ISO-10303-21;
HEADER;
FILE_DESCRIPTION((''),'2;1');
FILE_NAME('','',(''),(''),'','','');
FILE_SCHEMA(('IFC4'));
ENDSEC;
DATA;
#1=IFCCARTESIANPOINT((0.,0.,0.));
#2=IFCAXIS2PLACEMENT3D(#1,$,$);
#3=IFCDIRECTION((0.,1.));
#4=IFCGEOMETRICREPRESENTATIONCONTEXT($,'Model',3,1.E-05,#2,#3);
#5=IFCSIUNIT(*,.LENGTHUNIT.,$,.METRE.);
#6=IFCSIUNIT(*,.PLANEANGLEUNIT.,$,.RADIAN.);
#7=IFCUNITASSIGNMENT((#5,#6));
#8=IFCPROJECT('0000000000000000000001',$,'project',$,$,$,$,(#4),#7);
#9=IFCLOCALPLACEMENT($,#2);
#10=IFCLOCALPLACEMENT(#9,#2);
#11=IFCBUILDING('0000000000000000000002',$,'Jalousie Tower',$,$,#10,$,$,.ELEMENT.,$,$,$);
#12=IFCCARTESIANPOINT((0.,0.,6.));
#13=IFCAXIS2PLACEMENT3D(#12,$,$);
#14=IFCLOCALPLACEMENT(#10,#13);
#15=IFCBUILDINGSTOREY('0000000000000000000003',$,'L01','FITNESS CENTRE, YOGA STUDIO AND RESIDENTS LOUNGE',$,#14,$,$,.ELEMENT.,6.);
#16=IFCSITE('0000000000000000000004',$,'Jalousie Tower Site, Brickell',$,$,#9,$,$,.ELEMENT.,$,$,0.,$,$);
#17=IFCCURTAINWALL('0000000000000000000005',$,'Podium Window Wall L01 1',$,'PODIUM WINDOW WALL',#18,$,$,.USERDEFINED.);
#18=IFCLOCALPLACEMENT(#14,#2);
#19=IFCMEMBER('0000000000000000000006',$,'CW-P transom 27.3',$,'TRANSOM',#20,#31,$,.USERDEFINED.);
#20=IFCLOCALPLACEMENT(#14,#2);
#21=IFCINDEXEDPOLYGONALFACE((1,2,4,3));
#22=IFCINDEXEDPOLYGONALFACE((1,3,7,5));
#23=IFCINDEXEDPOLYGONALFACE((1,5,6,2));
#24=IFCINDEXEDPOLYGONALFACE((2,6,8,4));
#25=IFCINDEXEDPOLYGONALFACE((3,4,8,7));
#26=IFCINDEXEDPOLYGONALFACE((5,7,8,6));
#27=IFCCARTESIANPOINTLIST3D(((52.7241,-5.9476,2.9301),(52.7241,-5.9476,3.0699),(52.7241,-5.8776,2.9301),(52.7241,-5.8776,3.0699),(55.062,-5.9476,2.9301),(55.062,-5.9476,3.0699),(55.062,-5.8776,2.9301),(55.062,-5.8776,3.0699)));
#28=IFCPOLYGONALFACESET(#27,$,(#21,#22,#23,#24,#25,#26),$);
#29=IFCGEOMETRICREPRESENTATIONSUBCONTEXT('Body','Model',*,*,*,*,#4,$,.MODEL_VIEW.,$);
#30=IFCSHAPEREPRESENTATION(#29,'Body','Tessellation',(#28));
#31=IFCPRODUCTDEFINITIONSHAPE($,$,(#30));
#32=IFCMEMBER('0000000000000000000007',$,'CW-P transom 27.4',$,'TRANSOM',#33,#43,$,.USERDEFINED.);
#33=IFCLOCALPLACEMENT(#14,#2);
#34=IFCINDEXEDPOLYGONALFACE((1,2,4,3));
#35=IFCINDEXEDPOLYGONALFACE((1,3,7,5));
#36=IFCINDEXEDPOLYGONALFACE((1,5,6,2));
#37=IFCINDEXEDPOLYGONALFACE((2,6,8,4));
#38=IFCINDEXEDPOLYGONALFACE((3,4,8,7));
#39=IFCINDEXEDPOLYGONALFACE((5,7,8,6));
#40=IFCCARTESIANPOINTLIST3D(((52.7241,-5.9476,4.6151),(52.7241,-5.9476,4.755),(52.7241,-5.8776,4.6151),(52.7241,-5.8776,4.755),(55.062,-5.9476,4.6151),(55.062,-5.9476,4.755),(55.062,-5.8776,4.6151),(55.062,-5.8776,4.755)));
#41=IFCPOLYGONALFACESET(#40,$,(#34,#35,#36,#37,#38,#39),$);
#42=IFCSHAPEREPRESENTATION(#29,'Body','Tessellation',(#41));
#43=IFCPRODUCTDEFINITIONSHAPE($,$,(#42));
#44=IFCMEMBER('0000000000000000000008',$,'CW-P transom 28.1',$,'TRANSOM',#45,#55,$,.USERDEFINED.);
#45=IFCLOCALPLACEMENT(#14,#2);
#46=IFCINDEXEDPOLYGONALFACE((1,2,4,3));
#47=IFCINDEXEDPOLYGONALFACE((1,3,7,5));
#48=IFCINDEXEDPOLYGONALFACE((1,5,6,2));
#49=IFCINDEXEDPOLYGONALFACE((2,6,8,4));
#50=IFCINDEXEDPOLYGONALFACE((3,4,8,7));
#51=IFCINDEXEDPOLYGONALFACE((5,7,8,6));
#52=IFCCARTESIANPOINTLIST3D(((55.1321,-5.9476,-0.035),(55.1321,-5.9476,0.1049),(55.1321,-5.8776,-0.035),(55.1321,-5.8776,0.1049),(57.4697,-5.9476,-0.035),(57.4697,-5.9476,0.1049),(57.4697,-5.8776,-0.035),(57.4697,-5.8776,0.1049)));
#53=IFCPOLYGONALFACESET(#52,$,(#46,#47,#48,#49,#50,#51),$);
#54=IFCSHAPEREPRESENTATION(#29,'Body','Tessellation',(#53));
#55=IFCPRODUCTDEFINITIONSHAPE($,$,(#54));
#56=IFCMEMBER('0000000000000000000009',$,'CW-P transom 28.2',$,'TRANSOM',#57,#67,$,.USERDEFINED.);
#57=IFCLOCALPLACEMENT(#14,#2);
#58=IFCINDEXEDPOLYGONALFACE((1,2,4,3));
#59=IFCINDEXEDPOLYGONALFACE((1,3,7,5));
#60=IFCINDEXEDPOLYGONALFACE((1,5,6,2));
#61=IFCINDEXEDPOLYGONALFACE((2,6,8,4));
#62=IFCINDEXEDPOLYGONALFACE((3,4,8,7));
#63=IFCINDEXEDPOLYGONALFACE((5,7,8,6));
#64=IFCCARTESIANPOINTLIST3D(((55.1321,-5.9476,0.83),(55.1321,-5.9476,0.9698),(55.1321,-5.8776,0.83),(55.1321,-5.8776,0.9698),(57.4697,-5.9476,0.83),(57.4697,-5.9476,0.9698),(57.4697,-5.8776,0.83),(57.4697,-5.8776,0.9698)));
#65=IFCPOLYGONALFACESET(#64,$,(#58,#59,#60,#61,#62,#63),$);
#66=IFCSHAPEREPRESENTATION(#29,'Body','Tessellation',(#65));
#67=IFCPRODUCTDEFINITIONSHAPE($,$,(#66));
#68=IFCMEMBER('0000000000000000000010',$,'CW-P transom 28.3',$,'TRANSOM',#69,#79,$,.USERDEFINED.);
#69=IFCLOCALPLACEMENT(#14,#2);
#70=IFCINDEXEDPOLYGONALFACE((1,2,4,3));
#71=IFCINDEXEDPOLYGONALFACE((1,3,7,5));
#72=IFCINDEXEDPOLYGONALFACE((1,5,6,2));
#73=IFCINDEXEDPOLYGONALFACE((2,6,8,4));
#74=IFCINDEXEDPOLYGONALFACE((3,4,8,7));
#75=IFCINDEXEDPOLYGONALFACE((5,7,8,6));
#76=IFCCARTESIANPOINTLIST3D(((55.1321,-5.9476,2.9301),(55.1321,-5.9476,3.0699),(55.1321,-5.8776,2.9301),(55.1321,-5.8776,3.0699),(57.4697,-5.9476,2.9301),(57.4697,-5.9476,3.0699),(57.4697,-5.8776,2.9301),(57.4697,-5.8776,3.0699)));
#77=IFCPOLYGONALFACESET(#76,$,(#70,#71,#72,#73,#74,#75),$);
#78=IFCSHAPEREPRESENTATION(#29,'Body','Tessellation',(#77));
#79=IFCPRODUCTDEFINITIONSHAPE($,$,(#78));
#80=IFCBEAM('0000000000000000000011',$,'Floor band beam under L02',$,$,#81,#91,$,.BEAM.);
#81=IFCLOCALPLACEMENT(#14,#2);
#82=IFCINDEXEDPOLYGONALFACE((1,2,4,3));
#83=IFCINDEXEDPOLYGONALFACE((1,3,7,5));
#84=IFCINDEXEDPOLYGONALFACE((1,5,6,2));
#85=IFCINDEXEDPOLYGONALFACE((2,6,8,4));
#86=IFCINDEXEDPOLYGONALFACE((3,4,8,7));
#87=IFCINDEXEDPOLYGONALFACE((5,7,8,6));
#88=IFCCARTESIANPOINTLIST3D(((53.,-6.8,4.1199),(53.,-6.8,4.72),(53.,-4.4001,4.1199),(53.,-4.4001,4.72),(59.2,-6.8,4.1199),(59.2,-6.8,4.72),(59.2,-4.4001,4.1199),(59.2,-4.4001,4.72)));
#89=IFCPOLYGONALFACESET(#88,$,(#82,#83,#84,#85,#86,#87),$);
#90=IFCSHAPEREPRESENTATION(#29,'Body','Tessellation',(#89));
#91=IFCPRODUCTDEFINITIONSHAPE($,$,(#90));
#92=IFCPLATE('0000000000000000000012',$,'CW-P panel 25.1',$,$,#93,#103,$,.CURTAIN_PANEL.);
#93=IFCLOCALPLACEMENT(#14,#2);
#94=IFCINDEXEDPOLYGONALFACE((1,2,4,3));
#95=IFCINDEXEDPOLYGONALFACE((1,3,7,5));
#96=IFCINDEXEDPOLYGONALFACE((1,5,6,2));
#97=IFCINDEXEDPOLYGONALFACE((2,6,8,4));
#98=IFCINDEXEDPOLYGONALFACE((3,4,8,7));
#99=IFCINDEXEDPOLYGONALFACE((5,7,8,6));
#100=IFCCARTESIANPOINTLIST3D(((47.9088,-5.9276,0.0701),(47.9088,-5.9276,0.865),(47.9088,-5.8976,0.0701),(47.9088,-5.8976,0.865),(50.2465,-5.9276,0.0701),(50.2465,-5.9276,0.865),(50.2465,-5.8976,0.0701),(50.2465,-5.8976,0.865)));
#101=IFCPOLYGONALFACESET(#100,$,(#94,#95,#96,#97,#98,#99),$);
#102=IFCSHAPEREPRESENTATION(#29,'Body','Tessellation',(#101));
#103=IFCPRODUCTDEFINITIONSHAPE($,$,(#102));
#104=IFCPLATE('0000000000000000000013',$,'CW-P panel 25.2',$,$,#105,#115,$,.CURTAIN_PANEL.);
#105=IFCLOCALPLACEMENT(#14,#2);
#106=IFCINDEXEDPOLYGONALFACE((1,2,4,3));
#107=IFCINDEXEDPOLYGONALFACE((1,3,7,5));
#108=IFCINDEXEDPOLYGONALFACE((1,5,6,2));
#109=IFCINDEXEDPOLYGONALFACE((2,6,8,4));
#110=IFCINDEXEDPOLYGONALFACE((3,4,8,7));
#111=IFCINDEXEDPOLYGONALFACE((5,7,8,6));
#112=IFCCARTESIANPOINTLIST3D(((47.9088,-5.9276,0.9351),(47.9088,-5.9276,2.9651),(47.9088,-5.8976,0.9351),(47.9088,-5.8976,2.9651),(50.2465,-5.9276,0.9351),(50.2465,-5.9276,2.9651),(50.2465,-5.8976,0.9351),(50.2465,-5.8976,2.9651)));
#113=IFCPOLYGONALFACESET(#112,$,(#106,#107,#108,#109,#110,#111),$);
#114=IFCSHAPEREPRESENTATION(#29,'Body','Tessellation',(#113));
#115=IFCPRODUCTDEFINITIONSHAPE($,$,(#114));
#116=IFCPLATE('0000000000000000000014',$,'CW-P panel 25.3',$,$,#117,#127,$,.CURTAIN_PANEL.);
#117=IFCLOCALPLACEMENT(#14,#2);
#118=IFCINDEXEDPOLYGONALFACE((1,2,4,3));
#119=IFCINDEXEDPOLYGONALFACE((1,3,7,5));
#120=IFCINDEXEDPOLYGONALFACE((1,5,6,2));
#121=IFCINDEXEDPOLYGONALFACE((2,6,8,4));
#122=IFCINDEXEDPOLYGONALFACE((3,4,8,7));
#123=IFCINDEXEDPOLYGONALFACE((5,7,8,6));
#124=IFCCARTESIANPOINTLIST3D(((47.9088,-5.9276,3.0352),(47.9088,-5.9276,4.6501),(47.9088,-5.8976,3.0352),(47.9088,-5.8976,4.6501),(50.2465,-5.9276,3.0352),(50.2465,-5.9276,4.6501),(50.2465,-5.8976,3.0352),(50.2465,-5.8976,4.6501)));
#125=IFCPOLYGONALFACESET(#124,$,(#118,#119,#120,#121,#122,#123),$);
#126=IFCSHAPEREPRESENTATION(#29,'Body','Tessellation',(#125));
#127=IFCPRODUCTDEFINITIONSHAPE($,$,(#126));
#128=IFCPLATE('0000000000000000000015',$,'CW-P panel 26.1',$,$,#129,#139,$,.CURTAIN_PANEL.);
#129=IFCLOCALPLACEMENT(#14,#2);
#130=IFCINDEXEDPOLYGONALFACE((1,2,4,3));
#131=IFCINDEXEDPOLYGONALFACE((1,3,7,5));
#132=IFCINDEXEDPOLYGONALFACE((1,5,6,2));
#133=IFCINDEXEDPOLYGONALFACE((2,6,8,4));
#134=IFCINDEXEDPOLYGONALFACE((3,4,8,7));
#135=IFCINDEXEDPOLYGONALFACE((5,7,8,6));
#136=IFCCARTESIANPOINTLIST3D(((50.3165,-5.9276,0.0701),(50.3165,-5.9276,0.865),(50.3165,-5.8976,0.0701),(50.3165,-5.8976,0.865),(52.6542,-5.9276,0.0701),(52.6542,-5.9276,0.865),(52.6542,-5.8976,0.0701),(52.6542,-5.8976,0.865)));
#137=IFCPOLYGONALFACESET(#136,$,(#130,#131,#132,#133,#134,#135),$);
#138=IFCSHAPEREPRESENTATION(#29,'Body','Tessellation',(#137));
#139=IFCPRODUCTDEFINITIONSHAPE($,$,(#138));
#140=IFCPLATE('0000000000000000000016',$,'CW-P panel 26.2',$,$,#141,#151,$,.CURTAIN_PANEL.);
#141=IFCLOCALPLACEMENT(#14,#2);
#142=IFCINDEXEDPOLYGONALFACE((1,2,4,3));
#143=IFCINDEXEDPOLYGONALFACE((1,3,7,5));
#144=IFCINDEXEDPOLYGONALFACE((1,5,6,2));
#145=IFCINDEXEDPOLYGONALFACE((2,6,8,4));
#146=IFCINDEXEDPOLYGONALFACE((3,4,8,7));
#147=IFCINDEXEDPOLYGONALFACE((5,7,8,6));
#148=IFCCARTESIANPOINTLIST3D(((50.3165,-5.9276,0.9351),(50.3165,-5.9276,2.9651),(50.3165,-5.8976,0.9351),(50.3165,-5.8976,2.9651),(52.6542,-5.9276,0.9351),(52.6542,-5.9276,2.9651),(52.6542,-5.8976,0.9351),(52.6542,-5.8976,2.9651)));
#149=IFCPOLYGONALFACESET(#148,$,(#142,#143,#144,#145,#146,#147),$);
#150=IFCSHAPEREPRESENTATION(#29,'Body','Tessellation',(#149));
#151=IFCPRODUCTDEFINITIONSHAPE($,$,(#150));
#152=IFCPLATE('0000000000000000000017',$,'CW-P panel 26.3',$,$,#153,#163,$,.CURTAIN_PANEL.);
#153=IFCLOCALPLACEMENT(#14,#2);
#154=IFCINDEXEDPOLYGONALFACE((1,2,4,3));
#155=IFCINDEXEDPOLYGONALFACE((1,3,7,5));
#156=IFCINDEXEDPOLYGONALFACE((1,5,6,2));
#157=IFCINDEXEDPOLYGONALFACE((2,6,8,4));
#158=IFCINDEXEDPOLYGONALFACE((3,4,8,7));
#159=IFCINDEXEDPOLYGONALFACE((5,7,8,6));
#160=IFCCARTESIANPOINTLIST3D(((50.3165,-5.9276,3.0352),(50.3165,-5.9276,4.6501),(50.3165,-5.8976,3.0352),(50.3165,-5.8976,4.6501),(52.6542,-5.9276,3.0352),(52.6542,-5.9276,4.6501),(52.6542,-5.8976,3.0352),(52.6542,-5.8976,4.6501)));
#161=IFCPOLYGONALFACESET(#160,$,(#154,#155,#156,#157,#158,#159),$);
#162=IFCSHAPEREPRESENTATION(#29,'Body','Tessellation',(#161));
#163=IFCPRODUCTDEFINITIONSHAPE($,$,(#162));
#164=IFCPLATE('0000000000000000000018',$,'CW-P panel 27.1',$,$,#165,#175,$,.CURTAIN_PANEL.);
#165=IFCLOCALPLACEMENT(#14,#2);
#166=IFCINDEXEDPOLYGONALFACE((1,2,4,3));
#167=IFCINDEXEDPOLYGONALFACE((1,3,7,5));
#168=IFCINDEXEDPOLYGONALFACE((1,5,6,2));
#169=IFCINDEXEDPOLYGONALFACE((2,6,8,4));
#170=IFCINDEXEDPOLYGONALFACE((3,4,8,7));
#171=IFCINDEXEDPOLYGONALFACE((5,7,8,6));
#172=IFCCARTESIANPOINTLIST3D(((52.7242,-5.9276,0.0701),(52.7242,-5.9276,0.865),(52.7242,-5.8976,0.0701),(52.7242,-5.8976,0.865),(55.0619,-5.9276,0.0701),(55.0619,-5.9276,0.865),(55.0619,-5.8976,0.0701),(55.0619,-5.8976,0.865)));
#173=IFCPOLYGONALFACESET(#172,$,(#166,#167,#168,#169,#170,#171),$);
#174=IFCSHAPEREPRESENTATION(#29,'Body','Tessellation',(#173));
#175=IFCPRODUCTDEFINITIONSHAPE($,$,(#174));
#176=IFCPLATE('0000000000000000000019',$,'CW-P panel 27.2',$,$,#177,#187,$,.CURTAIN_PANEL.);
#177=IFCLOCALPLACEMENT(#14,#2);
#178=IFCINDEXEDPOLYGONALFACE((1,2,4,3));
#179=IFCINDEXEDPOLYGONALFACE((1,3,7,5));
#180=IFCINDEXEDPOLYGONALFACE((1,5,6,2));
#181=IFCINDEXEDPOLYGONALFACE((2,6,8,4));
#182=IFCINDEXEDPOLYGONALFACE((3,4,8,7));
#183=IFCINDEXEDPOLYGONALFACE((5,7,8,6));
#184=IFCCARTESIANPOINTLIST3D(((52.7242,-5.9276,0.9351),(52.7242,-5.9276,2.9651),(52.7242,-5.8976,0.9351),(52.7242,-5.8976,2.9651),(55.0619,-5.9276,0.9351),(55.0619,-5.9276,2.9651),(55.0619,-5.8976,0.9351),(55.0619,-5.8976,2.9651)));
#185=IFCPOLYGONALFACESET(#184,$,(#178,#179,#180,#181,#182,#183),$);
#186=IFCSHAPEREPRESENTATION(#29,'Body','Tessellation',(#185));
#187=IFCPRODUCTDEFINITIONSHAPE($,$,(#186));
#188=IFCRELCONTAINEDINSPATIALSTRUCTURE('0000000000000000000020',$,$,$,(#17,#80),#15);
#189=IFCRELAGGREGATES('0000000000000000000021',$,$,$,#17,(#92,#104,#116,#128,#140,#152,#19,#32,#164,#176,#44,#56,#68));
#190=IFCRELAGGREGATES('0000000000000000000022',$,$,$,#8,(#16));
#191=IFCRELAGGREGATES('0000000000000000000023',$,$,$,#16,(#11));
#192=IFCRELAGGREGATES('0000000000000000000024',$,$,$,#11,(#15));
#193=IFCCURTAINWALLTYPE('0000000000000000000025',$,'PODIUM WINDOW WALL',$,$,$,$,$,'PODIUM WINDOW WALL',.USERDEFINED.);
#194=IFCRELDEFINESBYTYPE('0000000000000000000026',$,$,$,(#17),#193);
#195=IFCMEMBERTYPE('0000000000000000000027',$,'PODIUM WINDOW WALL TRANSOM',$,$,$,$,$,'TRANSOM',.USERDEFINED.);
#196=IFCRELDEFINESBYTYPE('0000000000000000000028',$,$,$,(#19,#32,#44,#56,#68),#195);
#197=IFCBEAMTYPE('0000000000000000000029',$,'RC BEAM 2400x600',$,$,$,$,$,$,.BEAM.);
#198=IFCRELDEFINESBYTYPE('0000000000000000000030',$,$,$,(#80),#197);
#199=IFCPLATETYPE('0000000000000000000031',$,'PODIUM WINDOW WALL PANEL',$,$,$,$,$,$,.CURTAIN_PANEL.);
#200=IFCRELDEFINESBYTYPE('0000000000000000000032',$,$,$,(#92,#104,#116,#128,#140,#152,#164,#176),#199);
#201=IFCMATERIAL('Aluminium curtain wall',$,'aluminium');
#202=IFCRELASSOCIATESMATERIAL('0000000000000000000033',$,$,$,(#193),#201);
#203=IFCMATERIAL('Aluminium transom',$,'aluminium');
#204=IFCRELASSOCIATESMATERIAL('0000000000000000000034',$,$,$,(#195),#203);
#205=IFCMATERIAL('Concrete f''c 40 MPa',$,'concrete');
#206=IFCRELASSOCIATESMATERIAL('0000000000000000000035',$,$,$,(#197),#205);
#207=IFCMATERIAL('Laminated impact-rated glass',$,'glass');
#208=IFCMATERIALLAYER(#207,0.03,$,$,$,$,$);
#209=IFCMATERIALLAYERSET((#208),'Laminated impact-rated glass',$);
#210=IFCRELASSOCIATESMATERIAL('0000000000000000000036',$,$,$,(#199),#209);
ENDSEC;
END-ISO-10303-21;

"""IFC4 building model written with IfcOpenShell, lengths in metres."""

from ifc_helpers import new_model, si_unit, direction, frame, origin, origin_2d, place, context, subcontext, project, spatial, rectangle, extrude, material, layer, layer_set, material_profile, profile_set, type_object, element, aggregate, save


model = new_model("IFC4")

# Units and contexts
model_context = context("Model", 3, precision=1e-05, world=origin(), true_north=direction((0.0, 1.0)))
body_context = subcontext(model_context, "Body", "Model", "MODEL_VIEW")
ifc_project = project(units=[si_unit("LENGTHUNIT", "METRE"), si_unit("PLANEANGLEUNIT", "RADIAN")], contexts=[model_context])

# Site, building, storey
site_placement = place(None, origin())
site = spatial("IfcSite", under=ifc_project, at=site_placement, Name="Jalousie Tower Site, Brickell", CompositionType="ELEMENT", RefElevation=0.0)
building_placement = place(site_placement, origin())
building = spatial("IfcBuilding", under=site, at=building_placement, Name="Jalousie Tower", CompositionType="ELEMENT")
storey_placement = place(building_placement, frame((0.0, 0.0, 6.0)))
storey = spatial("IfcBuildingStorey", under=building, at=storey_placement, Name="L01", Description="FITNESS CENTRE, YOGA STUDIO AND RESIDENTS LOUNGE", CompositionType="ELEMENT", Elevation=6.0)

# Curtain wall, members
ifc_material_1 = material(Name="Aluminium curtain wall", Category="aluminium")
curtain_wall_type = type_object("IfcCurtainWallType", Name="PODIUM WINDOW WALL", ElementType="PODIUM WINDOW WALL", PredefinedType="USERDEFINED", material=ifc_material_1)
curtain_wall_placement = place(storey_placement, origin())
curtain_wall = element("IfcCurtainWall", 1, at=curtain_wall_placement, inside=storey, type_object=curtain_wall_type, Name="Podium Window Wall L01 1", ObjectType="PODIUM WINDOW WALL", PredefinedType="USERDEFINED")
ifc_material_2 = material(Name="Aluminium transom", Category="aluminium")
ifc_material_profile_1 = material_profile(ifc_material_2, rectangle(XDim=0.0701, YDim=0.1399, at=origin_2d()), Name="TRANSOM 70x140")
ifc_profile_set_1 = profile_set([ifc_material_profile_1], Name="Aluminium transom")
member_type_1 = type_object("IfcMemberType", Name="PODIUM WINDOW WALL TRANSOM", ElementType="TRANSOM", PredefinedType="USERDEFINED", material=ifc_profile_set_1)
member_1_placement = place(storey_placement, frame((52.7241, -5.9126, 3.0), z_axis=(1.0, 0.0, 0.0), x_axis=(0.0, 1.0, 0.0)))
member_1 = element("IfcMember", 2, at=member_1_placement, type_object=member_type_1, Name="CW-P transom 27.3", ObjectType="TRANSOM", PredefinedType="USERDEFINED", context=body_context, shape_type="SweptSolid", body=[
    extrude(rectangle(XDim=0.0701, YDim=0.1399, at=origin_2d()), origin(), (0.0, 0.0, 1.0), 2.3379),
])
member_2_placement = place(storey_placement, frame((52.7241, -5.9126, 4.6851), z_axis=(1.0, 0.0, 0.0), x_axis=(0.0, 1.0, 0.0)))
member_2 = element("IfcMember", 3, at=member_2_placement, type_object=member_type_1, Name="CW-P transom 27.4", ObjectType="TRANSOM", PredefinedType="USERDEFINED", context=body_context, shape_type="SweptSolid", body=[
    extrude(rectangle(XDim=0.0701, YDim=0.1399, at=origin_2d()), origin(), (0.0, 0.0, 1.0), 2.3379),
])
member_3_placement = place(storey_placement, frame((55.1321, -5.9126, 0.0349), z_axis=(1.0, 0.0, 0.0), x_axis=(0.0, 1.0, 0.0)))
member_3 = element("IfcMember", 4, at=member_3_placement, type_object=member_type_1, Name="CW-P transom 28.1", ObjectType="TRANSOM", PredefinedType="USERDEFINED", context=body_context, shape_type="SweptSolid", body=[
    extrude(rectangle(XDim=0.0701, YDim=0.1399, at=origin_2d()), origin(), (0.0, 0.0, 1.0), 2.3376),
])
member_4_placement = place(storey_placement, frame((55.1321, -5.9126, 0.8999), z_axis=(1.0, 0.0, 0.0), x_axis=(0.0, 1.0, 0.0)))
member_4 = element("IfcMember", 5, at=member_4_placement, type_object=member_type_1, Name="CW-P transom 28.2", ObjectType="TRANSOM", PredefinedType="USERDEFINED", context=body_context, shape_type="SweptSolid", body=[
    extrude(rectangle(XDim=0.0701, YDim=0.1399, at=origin_2d()), origin(), (0.0, 0.0, 1.0), 2.3376),
])
member_5_placement = place(storey_placement, frame((55.1321, -5.9126, 3.0), z_axis=(1.0, 0.0, 0.0), x_axis=(0.0, 1.0, 0.0)))
member_5 = element("IfcMember", 6, at=member_5_placement, type_object=member_type_1, Name="CW-P transom 28.3", ObjectType="TRANSOM", PredefinedType="USERDEFINED", context=body_context, shape_type="SweptSolid", body=[
    extrude(rectangle(XDim=0.0701, YDim=0.1399, at=origin_2d()), origin(), (0.0, 0.0, 1.0), 2.3376),
])

# Beam
ifc_material_3 = material(Name="Concrete f'c 40 MPa", Category="concrete")
ifc_material_profile_2 = material_profile(ifc_material_3, rectangle(XDim=2.3999, YDim=0.6001, at=origin_2d()), Name="RC 2400x600")
ifc_profile_set_2 = profile_set([ifc_material_profile_2], Name="Concrete f'c 40 MPa")
beam_type = type_object("IfcBeamType", Name="RC BEAM 2400x600", PredefinedType="BEAM", material=ifc_profile_set_2)
beam_placement = place(storey_placement, frame((53.0, -5.6001, 4.4199), z_axis=(1.0, 0.0, 0.0), x_axis=(0.0, 1.0, 0.0)))
element("IfcBeam", 7, at=beam_placement, inside=storey, type_object=beam_type, Name="Floor band beam under L02", PredefinedType="BEAM", context=body_context, shape_type="SweptSolid", body=[
    extrude(rectangle(XDim=2.3999, YDim=0.6001, at=origin_2d()), origin(), (0.0, 0.0, 1.0), 6.2),
])

# Plates
ifc_material_4 = material(Name="Laminated impact-rated glass", Category="glass")
ifc_layer = layer(ifc_material_4, 0.03)
ifc_layer_set = layer_set([ifc_layer], Name="Laminated impact-rated glass")
plate_type = type_object("IfcPlateType", Name="PODIUM WINDOW WALL PANEL", PredefinedType="CURTAIN_PANEL", material=ifc_layer_set)
plate_1_placement = place(storey_placement, frame((49.0776, -5.9126, 0.0701), z_axis=(0.0, 0.0, 1.0), x_axis=(1.0, 0.0, 0.0)))
plate_1 = element("IfcPlate", 8, at=plate_1_placement, type_object=plate_type, Name="CW-P panel 25.1", PredefinedType="CURTAIN_PANEL", context=body_context, shape_type="SweptSolid", body=[
    extrude(rectangle(XDim=2.3376, YDim=0.03, at=origin_2d()), origin(), (0.0, 0.0, 1.0), 0.7949),
])
plate_2_placement = place(storey_placement, frame((49.0776, -5.9126, 0.9351), z_axis=(0.0, 0.0, 1.0), x_axis=(1.0, 0.0, 0.0)))
plate_2 = element("IfcPlate", 9, at=plate_2_placement, type_object=plate_type, Name="CW-P panel 25.2", PredefinedType="CURTAIN_PANEL", context=body_context, shape_type="SweptSolid", body=[
    extrude(rectangle(XDim=2.3376, YDim=0.03, at=origin_2d()), origin(), (0.0, 0.0, 1.0), 2.03),
])
plate_3_placement = place(storey_placement, frame((49.0776, -5.9126, 3.0352), z_axis=(0.0, 0.0, 1.0), x_axis=(1.0, 0.0, 0.0)))
plate_3 = element("IfcPlate", 10, at=plate_3_placement, type_object=plate_type, Name="CW-P panel 25.3", PredefinedType="CURTAIN_PANEL", context=body_context, shape_type="SweptSolid", body=[
    extrude(rectangle(XDim=2.3376, YDim=0.03, at=origin_2d()), origin(), (0.0, 0.0, 1.0), 1.615),
])
plate_4_placement = place(storey_placement, frame((51.4854, -5.9126, 0.0701), z_axis=(0.0, 0.0, 1.0), x_axis=(1.0, 0.0, 0.0)))
plate_4 = element("IfcPlate", 11, at=plate_4_placement, type_object=plate_type, Name="CW-P panel 26.1", PredefinedType="CURTAIN_PANEL", context=body_context, shape_type="SweptSolid", body=[
    extrude(rectangle(XDim=2.3376, YDim=0.03, at=origin_2d()), origin(), (0.0, 0.0, 1.0), 0.7949),
])
plate_5_placement = place(storey_placement, frame((51.4854, -5.9126, 0.9351), z_axis=(0.0, 0.0, 1.0), x_axis=(1.0, 0.0, 0.0)))
plate_5 = element("IfcPlate", 12, at=plate_5_placement, type_object=plate_type, Name="CW-P panel 26.2", PredefinedType="CURTAIN_PANEL", context=body_context, shape_type="SweptSolid", body=[
    extrude(rectangle(XDim=2.3376, YDim=0.03, at=origin_2d()), origin(), (0.0, 0.0, 1.0), 2.03),
])
plate_6_placement = place(storey_placement, frame((51.4854, -5.9126, 3.0352), z_axis=(0.0, 0.0, 1.0), x_axis=(1.0, 0.0, 0.0)))
plate_6 = element("IfcPlate", 13, at=plate_6_placement, type_object=plate_type, Name="CW-P panel 26.3", PredefinedType="CURTAIN_PANEL", context=body_context, shape_type="SweptSolid", body=[
    extrude(rectangle(XDim=2.3376, YDim=0.03, at=origin_2d()), origin(), (0.0, 0.0, 1.0), 1.615),
])
plate_7_placement = place(storey_placement, frame((53.8931, -5.9126, 0.0701), z_axis=(0.0, 0.0, 1.0), x_axis=(1.0, 0.0, 0.0)))
plate_7 = element("IfcPlate", 14, at=plate_7_placement, type_object=plate_type, Name="CW-P panel 27.1", PredefinedType="CURTAIN_PANEL", context=body_context, shape_type="SweptSolid", body=[
    extrude(rectangle(XDim=2.3376, YDim=0.03, at=origin_2d()), origin(), (0.0, 0.0, 1.0), 0.7949),
])
plate_8_placement = place(storey_placement, frame((53.8931, -5.9126, 0.9351), z_axis=(0.0, 0.0, 1.0), x_axis=(1.0, 0.0, 0.0)))
plate_8 = element("IfcPlate", 15, at=plate_8_placement, type_object=plate_type, Name="CW-P panel 27.2", PredefinedType="CURTAIN_PANEL", context=body_context, shape_type="SweptSolid", body=[
    extrude(rectangle(XDim=2.3376, YDim=0.03, at=origin_2d()), origin(), (0.0, 0.0, 1.0), 2.03),
])
aggregate(curtain_wall, [plate_1, plate_2, plate_3, plate_4, plate_5, plate_6, member_1, member_2, plate_7, plate_8, member_3, member_4, member_5])

save(model, "model.ifc")
